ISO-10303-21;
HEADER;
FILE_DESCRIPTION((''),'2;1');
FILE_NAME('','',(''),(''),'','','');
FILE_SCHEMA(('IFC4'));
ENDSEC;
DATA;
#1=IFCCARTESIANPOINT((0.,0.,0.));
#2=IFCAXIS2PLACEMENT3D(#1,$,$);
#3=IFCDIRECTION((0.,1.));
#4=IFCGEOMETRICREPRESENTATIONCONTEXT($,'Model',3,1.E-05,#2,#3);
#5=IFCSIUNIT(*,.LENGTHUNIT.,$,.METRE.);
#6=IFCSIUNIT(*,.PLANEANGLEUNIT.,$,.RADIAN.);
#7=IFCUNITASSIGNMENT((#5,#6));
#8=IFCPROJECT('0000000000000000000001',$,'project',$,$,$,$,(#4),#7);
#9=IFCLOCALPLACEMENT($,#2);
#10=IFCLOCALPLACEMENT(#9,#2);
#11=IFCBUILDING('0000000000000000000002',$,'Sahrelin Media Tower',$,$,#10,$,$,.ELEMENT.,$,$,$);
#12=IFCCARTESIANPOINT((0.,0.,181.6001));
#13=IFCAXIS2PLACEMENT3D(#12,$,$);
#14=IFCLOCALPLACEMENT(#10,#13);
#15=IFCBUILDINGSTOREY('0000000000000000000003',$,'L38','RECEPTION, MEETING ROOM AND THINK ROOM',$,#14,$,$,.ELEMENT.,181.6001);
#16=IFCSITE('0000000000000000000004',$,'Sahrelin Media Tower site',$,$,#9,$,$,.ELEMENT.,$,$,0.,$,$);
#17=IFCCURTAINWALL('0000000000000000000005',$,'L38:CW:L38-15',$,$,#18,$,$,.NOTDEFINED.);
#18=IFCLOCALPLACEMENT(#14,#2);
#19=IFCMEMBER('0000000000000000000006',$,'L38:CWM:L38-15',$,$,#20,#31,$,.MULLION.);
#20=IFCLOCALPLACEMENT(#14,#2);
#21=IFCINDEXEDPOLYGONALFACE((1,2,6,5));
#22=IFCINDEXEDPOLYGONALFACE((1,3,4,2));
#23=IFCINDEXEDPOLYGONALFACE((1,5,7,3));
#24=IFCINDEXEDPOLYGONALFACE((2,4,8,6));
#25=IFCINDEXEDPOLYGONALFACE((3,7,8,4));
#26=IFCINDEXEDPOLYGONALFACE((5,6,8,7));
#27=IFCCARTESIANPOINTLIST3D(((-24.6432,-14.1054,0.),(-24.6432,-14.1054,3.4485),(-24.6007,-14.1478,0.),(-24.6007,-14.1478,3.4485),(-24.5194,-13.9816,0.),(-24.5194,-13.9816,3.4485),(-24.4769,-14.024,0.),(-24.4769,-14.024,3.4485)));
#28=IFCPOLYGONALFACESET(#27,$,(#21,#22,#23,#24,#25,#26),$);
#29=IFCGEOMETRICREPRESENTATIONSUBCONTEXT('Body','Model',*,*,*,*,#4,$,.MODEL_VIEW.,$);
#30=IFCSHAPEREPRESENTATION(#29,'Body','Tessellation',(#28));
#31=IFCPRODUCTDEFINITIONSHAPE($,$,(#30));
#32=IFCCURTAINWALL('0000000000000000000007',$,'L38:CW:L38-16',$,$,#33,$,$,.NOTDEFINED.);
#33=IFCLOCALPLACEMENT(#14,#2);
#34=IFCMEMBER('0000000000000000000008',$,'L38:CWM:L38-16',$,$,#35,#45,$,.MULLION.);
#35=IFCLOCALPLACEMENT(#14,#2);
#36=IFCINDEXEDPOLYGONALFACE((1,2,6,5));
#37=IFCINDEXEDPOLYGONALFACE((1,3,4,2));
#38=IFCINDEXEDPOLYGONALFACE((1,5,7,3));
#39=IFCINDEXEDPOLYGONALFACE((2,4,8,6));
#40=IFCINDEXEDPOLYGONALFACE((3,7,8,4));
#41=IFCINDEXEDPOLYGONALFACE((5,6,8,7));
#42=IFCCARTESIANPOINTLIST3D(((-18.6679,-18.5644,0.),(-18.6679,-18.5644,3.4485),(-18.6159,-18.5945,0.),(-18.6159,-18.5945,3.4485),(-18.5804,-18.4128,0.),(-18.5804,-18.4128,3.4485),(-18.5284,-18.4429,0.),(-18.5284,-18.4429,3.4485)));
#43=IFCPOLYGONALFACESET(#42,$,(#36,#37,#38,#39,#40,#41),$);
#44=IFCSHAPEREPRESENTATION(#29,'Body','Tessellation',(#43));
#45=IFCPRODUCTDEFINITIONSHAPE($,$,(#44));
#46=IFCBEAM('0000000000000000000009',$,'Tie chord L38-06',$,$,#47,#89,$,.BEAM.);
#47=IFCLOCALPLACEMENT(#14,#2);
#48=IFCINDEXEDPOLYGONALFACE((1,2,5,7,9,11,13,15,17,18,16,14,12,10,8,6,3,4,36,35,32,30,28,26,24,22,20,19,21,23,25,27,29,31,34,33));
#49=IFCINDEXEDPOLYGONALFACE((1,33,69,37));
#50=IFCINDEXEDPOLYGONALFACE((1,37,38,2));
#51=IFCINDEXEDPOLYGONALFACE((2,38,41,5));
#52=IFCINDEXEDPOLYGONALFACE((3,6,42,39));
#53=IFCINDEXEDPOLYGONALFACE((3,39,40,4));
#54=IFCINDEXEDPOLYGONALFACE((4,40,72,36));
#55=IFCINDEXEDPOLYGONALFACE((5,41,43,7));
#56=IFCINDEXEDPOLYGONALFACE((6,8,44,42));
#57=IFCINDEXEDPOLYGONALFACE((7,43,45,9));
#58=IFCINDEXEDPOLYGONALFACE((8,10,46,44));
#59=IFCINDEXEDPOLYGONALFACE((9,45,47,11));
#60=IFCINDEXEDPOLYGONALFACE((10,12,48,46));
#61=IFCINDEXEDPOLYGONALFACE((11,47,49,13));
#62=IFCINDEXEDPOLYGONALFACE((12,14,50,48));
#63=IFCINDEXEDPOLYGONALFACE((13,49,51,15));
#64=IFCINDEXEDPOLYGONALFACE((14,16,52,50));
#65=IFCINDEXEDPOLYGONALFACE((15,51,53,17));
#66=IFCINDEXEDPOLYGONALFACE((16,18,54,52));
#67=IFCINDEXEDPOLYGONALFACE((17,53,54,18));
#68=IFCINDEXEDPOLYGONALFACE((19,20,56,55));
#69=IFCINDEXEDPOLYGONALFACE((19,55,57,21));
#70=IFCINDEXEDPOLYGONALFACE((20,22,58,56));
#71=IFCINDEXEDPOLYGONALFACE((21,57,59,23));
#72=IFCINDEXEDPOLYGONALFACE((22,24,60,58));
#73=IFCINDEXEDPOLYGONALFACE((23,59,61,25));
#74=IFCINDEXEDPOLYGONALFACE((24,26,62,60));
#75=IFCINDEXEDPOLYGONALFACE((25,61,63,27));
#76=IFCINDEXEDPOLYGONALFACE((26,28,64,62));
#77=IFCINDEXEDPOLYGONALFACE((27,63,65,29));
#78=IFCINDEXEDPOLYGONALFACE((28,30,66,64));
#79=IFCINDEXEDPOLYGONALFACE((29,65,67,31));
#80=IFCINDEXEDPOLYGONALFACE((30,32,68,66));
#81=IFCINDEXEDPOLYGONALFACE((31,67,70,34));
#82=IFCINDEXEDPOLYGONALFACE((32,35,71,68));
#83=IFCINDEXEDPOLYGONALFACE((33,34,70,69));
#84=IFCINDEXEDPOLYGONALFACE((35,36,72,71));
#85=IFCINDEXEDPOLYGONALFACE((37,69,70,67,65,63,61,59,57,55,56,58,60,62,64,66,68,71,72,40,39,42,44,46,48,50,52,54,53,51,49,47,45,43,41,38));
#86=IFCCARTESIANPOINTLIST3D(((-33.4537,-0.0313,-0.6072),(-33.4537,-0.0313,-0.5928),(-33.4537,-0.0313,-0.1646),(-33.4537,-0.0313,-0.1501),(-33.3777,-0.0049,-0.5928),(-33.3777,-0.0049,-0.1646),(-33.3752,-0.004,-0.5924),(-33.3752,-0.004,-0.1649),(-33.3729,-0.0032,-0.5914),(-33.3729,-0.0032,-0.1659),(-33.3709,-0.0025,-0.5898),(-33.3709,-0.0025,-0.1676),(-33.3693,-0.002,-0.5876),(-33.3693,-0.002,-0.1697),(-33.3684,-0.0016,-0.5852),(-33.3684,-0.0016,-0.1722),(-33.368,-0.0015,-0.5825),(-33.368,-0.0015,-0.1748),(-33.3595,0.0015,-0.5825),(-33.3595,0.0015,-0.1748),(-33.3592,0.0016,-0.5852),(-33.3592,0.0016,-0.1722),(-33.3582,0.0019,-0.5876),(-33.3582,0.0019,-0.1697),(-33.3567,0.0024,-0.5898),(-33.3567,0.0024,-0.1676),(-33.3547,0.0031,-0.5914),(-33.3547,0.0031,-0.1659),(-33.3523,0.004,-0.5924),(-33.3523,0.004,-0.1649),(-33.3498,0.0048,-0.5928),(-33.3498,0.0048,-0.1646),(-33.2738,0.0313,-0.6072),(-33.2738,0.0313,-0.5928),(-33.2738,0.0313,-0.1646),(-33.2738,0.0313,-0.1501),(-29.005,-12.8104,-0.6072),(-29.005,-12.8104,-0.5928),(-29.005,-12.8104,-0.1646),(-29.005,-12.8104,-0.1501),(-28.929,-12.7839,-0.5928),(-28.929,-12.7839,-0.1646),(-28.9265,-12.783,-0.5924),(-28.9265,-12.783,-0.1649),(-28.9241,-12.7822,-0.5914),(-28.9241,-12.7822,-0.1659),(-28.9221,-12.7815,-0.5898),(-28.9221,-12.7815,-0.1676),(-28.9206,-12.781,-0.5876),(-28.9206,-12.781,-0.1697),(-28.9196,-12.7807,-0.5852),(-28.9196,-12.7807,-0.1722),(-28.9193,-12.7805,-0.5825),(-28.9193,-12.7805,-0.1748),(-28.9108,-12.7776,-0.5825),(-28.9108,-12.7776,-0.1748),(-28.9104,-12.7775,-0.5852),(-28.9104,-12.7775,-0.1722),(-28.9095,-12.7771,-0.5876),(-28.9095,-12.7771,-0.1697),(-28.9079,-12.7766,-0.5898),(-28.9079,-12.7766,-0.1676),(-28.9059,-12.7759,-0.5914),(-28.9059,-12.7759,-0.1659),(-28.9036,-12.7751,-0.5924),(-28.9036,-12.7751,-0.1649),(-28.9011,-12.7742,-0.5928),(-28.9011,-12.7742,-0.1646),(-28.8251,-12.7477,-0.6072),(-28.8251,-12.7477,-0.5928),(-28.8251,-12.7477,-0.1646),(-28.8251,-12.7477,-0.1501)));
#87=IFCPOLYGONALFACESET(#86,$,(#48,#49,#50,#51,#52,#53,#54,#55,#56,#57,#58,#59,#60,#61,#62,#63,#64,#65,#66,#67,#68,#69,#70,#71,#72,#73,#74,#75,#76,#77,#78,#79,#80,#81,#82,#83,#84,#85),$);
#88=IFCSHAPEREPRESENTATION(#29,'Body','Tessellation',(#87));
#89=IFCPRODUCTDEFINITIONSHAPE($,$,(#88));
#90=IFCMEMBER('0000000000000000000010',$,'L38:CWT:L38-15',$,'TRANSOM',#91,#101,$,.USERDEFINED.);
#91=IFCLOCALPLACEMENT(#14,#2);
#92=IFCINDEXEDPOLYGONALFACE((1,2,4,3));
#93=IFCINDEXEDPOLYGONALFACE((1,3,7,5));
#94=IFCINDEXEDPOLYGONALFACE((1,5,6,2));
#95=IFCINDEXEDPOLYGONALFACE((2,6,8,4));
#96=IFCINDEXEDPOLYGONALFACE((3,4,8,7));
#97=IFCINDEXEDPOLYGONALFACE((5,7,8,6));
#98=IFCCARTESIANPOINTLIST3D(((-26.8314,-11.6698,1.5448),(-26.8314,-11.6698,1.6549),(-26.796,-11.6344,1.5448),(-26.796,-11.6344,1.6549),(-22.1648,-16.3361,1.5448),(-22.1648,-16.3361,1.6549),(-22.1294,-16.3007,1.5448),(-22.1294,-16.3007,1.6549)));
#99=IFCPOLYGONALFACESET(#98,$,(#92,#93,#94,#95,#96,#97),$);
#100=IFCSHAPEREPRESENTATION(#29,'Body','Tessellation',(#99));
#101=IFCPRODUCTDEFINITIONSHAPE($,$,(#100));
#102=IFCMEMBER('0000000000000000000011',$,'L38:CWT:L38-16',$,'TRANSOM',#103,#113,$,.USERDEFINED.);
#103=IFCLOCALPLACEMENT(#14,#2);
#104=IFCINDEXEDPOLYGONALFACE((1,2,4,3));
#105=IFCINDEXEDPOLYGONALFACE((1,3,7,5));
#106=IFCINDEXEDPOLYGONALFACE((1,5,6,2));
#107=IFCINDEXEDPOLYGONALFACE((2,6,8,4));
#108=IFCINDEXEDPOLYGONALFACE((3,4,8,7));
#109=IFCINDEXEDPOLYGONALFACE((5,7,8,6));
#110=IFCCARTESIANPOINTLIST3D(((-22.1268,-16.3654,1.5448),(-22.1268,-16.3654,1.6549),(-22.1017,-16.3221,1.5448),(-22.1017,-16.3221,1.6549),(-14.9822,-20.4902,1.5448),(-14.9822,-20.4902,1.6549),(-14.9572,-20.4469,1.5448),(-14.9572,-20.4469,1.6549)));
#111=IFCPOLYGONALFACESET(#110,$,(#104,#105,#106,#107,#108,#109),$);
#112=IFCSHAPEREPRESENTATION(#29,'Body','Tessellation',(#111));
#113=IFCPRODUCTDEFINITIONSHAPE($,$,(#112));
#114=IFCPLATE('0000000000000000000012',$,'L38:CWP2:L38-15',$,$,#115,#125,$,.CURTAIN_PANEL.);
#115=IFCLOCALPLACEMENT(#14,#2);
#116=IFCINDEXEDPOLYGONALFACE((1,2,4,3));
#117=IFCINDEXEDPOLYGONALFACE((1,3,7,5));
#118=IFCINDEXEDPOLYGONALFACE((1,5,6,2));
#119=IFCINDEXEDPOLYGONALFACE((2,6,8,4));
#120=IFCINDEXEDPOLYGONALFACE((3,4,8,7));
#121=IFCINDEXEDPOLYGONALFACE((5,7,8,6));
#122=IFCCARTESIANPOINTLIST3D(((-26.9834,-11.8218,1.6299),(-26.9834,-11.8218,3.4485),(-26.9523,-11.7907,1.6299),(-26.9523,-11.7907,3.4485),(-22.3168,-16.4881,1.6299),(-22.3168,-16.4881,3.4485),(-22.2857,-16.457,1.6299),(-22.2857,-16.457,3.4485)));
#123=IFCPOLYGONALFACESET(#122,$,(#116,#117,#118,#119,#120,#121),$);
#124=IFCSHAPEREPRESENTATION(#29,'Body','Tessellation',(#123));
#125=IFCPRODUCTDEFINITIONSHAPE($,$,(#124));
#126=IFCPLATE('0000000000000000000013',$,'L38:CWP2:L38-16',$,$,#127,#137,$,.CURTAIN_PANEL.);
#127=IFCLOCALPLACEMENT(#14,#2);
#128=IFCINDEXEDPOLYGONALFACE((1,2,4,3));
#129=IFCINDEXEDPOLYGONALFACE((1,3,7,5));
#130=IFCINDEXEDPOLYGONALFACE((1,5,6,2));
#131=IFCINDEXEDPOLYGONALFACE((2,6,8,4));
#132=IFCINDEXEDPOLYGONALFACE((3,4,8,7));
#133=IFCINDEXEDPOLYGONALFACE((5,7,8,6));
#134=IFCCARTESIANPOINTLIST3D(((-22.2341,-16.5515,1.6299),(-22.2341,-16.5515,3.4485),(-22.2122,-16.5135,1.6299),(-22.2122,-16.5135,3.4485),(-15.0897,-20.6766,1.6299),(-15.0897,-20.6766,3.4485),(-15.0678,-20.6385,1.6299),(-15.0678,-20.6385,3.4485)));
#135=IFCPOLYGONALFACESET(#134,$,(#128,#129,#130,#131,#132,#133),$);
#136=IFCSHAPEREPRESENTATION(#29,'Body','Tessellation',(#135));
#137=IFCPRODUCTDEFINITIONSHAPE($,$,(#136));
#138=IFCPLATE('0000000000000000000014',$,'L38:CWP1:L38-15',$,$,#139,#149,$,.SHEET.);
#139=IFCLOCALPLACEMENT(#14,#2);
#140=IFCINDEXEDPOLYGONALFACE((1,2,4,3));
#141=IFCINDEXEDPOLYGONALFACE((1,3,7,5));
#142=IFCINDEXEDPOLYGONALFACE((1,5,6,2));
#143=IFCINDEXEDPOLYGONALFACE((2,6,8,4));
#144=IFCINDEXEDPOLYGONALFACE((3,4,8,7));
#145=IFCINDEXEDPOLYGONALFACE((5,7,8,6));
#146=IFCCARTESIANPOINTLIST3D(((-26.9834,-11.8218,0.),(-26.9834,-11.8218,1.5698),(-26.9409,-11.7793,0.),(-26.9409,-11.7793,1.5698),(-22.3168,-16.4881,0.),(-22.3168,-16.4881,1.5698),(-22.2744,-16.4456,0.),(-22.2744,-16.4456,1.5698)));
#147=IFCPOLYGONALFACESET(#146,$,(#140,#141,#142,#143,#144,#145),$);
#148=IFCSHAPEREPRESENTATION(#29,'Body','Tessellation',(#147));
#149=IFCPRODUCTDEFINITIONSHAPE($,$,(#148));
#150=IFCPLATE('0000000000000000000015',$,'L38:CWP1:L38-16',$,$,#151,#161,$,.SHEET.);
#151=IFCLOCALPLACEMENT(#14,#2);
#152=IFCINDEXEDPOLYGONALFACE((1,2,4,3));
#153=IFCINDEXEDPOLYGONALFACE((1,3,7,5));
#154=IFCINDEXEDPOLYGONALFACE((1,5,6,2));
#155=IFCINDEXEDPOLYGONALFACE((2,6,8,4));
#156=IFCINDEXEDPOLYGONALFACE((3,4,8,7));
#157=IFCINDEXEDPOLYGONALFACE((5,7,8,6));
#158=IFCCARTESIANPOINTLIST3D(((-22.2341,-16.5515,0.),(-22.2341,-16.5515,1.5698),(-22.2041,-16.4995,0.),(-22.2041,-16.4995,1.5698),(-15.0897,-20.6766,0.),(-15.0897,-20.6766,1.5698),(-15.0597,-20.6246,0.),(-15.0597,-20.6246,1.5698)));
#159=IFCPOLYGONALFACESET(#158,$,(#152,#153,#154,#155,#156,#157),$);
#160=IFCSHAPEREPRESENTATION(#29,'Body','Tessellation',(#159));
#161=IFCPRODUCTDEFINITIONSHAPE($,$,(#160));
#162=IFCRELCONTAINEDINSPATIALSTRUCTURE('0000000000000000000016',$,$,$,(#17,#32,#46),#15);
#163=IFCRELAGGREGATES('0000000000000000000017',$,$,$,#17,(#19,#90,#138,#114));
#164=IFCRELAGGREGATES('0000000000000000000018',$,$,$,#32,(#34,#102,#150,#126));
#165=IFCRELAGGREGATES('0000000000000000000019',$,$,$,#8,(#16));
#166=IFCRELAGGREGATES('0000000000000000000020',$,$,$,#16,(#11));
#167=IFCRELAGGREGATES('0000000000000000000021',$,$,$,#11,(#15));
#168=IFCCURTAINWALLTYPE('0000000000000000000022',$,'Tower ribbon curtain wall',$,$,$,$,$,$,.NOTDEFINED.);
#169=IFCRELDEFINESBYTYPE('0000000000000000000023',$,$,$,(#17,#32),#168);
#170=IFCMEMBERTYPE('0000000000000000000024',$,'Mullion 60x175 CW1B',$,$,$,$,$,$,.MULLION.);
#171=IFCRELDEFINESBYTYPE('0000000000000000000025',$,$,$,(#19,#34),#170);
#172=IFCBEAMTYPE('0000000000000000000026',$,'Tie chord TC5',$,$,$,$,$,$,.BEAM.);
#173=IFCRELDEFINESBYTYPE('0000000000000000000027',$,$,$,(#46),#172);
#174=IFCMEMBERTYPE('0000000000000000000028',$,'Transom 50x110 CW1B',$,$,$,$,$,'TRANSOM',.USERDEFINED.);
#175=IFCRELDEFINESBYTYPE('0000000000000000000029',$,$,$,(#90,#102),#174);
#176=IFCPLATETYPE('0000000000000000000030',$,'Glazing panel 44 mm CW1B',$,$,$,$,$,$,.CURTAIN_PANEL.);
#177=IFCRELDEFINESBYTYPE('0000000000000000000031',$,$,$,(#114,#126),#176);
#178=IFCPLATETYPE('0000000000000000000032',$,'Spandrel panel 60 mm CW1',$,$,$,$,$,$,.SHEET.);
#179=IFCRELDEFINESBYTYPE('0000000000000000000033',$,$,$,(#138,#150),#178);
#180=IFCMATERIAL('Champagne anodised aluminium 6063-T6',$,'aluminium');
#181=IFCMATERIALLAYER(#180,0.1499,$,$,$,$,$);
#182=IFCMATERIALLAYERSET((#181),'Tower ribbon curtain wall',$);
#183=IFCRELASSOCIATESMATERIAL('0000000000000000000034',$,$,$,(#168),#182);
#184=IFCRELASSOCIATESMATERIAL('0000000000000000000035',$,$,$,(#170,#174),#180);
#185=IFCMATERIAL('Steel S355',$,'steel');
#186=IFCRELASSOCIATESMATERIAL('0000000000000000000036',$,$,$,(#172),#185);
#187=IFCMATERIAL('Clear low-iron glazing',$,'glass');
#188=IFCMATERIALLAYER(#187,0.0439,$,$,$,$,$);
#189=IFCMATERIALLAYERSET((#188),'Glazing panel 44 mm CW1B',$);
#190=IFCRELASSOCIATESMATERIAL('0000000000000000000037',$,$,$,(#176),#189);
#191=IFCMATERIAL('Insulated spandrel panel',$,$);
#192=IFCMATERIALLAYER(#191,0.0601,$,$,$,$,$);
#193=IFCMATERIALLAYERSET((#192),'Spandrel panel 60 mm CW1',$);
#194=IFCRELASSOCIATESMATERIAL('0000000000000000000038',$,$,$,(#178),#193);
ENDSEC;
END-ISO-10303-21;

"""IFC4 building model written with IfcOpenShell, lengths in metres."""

from ifc_helpers import new_model, si_unit, direction, frame, origin, origin_2d, place, context, subcontext, project, spatial, polyline, rectangle, i_section, outline, extrude, material, layer, layer_set, material_profile, profile_set, type_object, element, aggregate, save


model = new_model("IFC4")

# Units and contexts
model_context = context("Model", 3, precision=1e-05, world=origin(), true_north=direction((0.0, 1.0)))
body_context = subcontext(model_context, "Body", "Model", "MODEL_VIEW")
ifc_project = project(units=[si_unit("LENGTHUNIT", "METRE"), si_unit("PLANEANGLEUNIT", "RADIAN")], contexts=[model_context])

# Site, building, storey
site_placement = place(None, origin())
site = spatial("IfcSite", under=ifc_project, at=site_placement, Name="Sahrelin Media Tower site", CompositionType="ELEMENT", RefElevation=0.0)
building_placement = place(site_placement, origin())
building = spatial("IfcBuilding", under=site, at=building_placement, Name="Sahrelin Media Tower", CompositionType="ELEMENT")
storey_placement = place(building_placement, frame((0.0, 0.0, 181.6001)))
storey = spatial("IfcBuildingStorey", under=building, at=storey_placement, Name="L38", Description="RECEPTION, MEETING ROOM AND THINK ROOM", CompositionType="ELEMENT", Elevation=181.6001)

# Shared definitions
ifc_material_1 = material(Name="Steel S355", Category="steel")

# Curtain walls, members
ifc_material_2 = material(Name="Champagne anodised aluminium 6063-T6", Category="aluminium")
ifc_layer_1 = layer(ifc_material_2, 0.1499)
ifc_layer_set_1 = layer_set([ifc_layer_1], Name="Tower ribbon curtain wall")
curtain_wall_type = type_object("IfcCurtainWallType", Name="Tower ribbon curtain wall", PredefinedType="NOTDEFINED", material=ifc_layer_set_1)
curtain_wall_1_placement = place(storey_placement, frame((-24.636, -14.1406, 0.0), z_axis=(0.0, 0.0, 1.0), x_axis=(1.0, 0.0, 0.0)))
curtain_wall_1 = element("IfcCurtainWall", 1, at=curtain_wall_1_placement, inside=storey, type_object=curtain_wall_type, Name="L38:CW:L38-15", PredefinedType="NOTDEFINED")
ifc_material_profile_1 = material_profile(ifc_material_2, rectangle(XDim=0.0601, YDim=0.175, at=origin_2d()), Name="Mullion 60x175")
ifc_profile_set_1 = profile_set([ifc_material_profile_1], Name="Champagne anodised aluminium 6063-T6")
member_type_1 = type_object("IfcMemberType", Name="Mullion 60x175 CW1B", PredefinedType="MULLION", material=ifc_profile_set_1)
member_1_placement = place(storey_placement, frame((-24.5601, -14.0647, 0.0), z_axis=(0.0, 0.0, 1.0), x_axis=(0.707107, -0.707107, 0.0)))
member_1 = element("IfcMember", 2, at=member_1_placement, type_object=member_type_1, Name="L38:CWM:L38-15", PredefinedType="MULLION", context=body_context, shape_type="SweptSolid", body=[
    extrude(rectangle(XDim=0.0601, YDim=0.175, at=origin_2d()), origin(), (0.0, 0.0, 1.0), 3.4485),
])
curtain_wall_2_placement = place(storey_placement, frame((-18.6521, -18.5967, 0.0), z_axis=(0.0, 0.0, 1.0), x_axis=(1.0, 0.0, 0.0)))
curtain_wall_2 = element("IfcCurtainWall", 3, at=curtain_wall_2_placement, inside=storey, type_object=curtain_wall_type, Name="L38:CW:L38-16", PredefinedType="NOTDEFINED")
member_2_placement = place(storey_placement, frame((-18.5981, -18.5037, 0.0), z_axis=(0.0, 0.0, 1.0), x_axis=(0.866021, -0.500008, 0.0)))
member_2 = element("IfcMember", 4, at=member_2_placement, type_object=member_type_1, Name="L38:CWM:L38-16", PredefinedType="MULLION", context=body_context, shape_type="SweptSolid", body=[
    extrude(rectangle(XDim=0.0601, YDim=0.175, at=origin_2d()), origin(), (0.0, 0.0, 1.0), 3.4485),
])

# Beam
ifc_material_profile_2 = material_profile(ifc_material_1, i_section(OverallWidth=0.1904, OverallDepth=0.457, WebThickness=0.009, FlangeThickness=0.0144, FilletRadius=0.0103, at=origin_2d()), Name="UB 457x191x74")
ifc_profile_set_2 = profile_set([ifc_material_profile_2], Name="Steel S355")
beam_type_1 = type_object("IfcBeamType", Name="Tie chord TC5", PredefinedType="BEAM", material=ifc_profile_set_2)
beam_1_placement = place(storey_placement, frame((-28.915, -12.7791, -0.3787), z_axis=(-0.328774, 0.944409, 0.0), x_axis=(-0.944409, -0.328774, 0.0)))
element("IfcBeam", 5, at=beam_1_placement, inside=storey, type_object=beam_type_1, Name="Tie chord L38-06", PredefinedType="BEAM", context=body_context, shape_type="SweptSolid", body=[
    extrude(i_section(OverallWidth=0.1904, OverallDepth=0.457, WebThickness=0.009, FlangeThickness=0.0144, FilletRadius=0.0103, at=origin_2d()), origin(), (0.0, 0.0, 1.0), 13.5312),
])

# Members
ifc_material_profile_3 = material_profile(ifc_material_2, rectangle(XDim=0.05, YDim=0.1101, at=origin_2d()), Name="Transom 50x110")
ifc_profile_set_3 = profile_set([ifc_material_profile_3], Name="Champagne anodised aluminium 6063-T6")
member_type_2 = type_object("IfcMemberType", Name="Transom 50x110 CW1B", ElementType="TRANSOM", PredefinedType="USERDEFINED", material=ifc_profile_set_3)
member_3_placement = place(storey_placement, frame((-26.8137, -11.6521, 1.5999), z_axis=(0.707125, -0.707088, 0.0), x_axis=(0.707088, 0.707125, 0.0)))
member_3 = element("IfcMember", 6, at=member_3_placement, type_object=member_type_2, Name="L38:CWT:L38-15", ObjectType="TRANSOM", PredefinedType="USERDEFINED", context=body_context, shape_type="SweptSolid", body=[
    extrude(rectangle(XDim=0.05, YDim=0.1101, at=origin_2d()), origin(), (0.0, 0.0, 1.0), 6.5994),
])
member_4_placement = place(storey_placement, frame((-22.1143, -16.3438, 1.5999), z_axis=(0.866033, -0.499987, 0.0), x_axis=(0.499987, 0.866033, 0.0)))
member_4 = element("IfcMember", 7, at=member_4_placement, type_object=member_type_2, Name="L38:CWT:L38-16", ObjectType="TRANSOM", PredefinedType="USERDEFINED", context=body_context, shape_type="SweptSolid", body=[
    extrude(rectangle(XDim=0.05, YDim=0.1101, at=origin_2d()), origin(), (0.0, 0.0, 1.0), 8.2498),
])

# Plates
ifc_material_3 = material(Name="Clear low-iron glazing", Category="glass")
ifc_layer_2 = layer(ifc_material_3, 0.0439)
ifc_layer_set_2 = layer_set([ifc_layer_2], Name="Glazing panel 44 mm CW1B")
plate_type_1 = type_object("IfcPlateType", Name="Glazing panel 44 mm CW1B", PredefinedType="CURTAIN_PANEL", material=ifc_layer_set_2)
plate_1_placement = place(storey_placement, frame((-26.9834, -11.8218, 1.6299), z_axis=(-0.707088, -0.707125, 0.0), x_axis=(0.707125, -0.707088, 0.0)))
plate_1 = element("IfcPlate", 8, at=plate_1_placement, type_object=plate_type_1, Name="L38:CWP2:L38-15", PredefinedType="CURTAIN_PANEL", context=body_context, shape_type="SweptSolid", body=[
    extrude(outline(polyline([(0.0, 0.0), (6.5994, 0.0), (6.5994, 1.8186), (0.0, 1.8186), (0.0, 0.0)])), origin(), (0.0, 0.0, -1.0), 0.0439),
])
plate_2_placement = place(storey_placement, frame((-22.2341, -16.5515, 1.6299), z_axis=(-0.500022, -0.866013, 0.0), x_axis=(0.866013, -0.500022, 0.0)))
plate_2 = element("IfcPlate", 9, at=plate_2_placement, type_object=plate_type_1, Name="L38:CWP2:L38-16", PredefinedType="CURTAIN_PANEL", context=body_context, shape_type="SweptSolid", body=[
    extrude(outline(polyline([(0.0, 0.0), (8.2498, 0.0), (8.2498, 1.8186), (0.0, 1.8186), (0.0, 0.0)])), origin(), (0.0, 0.0, -1.0), 0.0439),
])
ifc_material_4 = material(Name="Insulated spandrel panel")
ifc_layer_3 = layer(ifc_material_4, 0.0601)
ifc_layer_set_3 = layer_set([ifc_layer_3], Name="Spandrel panel 60 mm CW1")
plate_type_2 = type_object("IfcPlateType", Name="Spandrel panel 60 mm CW1", PredefinedType="SHEET", material=ifc_layer_set_3)
plate_3_placement = place(storey_placement, frame((-26.9834, -11.8218, 0.0), z_axis=(-0.707088, -0.707125, 0.0), x_axis=(0.707125, -0.707088, 0.0)))
plate_3 = element("IfcPlate", 10, at=plate_3_placement, type_object=plate_type_2, Name="L38:CWP1:L38-15", PredefinedType="SHEET", context=body_context, shape_type="SweptSolid", body=[
    extrude(outline(polyline([(0.0, 0.0), (6.5994, 0.0), (6.5994, 1.5698), (0.0, 1.5698), (0.0, 0.0)])), origin(), (0.0, 0.0, -1.0), 0.0601),
])
aggregate(curtain_wall_1, [member_1, member_3, plate_3, plate_1])
plate_4_placement = place(storey_placement, frame((-22.2341, -16.5515, 0.0), z_axis=(-0.500022, -0.866013, 0.0), x_axis=(0.866013, -0.500022, 0.0)))
plate_4 = element("IfcPlate", 11, at=plate_4_placement, type_object=plate_type_2, Name="L38:CWP1:L38-16", PredefinedType="SHEET", context=body_context, shape_type="SweptSolid", body=[
    extrude(outline(polyline([(0.0, 0.0), (8.2498, 0.0), (8.2498, 1.5698), (0.0, 1.5698), (0.0, 0.0)])), origin(), (0.0, 0.0, -1.0), 0.0601),
])
aggregate(curtain_wall_2, [member_2, member_4, plate_4, plate_2])

save(model, "model.ifc")
